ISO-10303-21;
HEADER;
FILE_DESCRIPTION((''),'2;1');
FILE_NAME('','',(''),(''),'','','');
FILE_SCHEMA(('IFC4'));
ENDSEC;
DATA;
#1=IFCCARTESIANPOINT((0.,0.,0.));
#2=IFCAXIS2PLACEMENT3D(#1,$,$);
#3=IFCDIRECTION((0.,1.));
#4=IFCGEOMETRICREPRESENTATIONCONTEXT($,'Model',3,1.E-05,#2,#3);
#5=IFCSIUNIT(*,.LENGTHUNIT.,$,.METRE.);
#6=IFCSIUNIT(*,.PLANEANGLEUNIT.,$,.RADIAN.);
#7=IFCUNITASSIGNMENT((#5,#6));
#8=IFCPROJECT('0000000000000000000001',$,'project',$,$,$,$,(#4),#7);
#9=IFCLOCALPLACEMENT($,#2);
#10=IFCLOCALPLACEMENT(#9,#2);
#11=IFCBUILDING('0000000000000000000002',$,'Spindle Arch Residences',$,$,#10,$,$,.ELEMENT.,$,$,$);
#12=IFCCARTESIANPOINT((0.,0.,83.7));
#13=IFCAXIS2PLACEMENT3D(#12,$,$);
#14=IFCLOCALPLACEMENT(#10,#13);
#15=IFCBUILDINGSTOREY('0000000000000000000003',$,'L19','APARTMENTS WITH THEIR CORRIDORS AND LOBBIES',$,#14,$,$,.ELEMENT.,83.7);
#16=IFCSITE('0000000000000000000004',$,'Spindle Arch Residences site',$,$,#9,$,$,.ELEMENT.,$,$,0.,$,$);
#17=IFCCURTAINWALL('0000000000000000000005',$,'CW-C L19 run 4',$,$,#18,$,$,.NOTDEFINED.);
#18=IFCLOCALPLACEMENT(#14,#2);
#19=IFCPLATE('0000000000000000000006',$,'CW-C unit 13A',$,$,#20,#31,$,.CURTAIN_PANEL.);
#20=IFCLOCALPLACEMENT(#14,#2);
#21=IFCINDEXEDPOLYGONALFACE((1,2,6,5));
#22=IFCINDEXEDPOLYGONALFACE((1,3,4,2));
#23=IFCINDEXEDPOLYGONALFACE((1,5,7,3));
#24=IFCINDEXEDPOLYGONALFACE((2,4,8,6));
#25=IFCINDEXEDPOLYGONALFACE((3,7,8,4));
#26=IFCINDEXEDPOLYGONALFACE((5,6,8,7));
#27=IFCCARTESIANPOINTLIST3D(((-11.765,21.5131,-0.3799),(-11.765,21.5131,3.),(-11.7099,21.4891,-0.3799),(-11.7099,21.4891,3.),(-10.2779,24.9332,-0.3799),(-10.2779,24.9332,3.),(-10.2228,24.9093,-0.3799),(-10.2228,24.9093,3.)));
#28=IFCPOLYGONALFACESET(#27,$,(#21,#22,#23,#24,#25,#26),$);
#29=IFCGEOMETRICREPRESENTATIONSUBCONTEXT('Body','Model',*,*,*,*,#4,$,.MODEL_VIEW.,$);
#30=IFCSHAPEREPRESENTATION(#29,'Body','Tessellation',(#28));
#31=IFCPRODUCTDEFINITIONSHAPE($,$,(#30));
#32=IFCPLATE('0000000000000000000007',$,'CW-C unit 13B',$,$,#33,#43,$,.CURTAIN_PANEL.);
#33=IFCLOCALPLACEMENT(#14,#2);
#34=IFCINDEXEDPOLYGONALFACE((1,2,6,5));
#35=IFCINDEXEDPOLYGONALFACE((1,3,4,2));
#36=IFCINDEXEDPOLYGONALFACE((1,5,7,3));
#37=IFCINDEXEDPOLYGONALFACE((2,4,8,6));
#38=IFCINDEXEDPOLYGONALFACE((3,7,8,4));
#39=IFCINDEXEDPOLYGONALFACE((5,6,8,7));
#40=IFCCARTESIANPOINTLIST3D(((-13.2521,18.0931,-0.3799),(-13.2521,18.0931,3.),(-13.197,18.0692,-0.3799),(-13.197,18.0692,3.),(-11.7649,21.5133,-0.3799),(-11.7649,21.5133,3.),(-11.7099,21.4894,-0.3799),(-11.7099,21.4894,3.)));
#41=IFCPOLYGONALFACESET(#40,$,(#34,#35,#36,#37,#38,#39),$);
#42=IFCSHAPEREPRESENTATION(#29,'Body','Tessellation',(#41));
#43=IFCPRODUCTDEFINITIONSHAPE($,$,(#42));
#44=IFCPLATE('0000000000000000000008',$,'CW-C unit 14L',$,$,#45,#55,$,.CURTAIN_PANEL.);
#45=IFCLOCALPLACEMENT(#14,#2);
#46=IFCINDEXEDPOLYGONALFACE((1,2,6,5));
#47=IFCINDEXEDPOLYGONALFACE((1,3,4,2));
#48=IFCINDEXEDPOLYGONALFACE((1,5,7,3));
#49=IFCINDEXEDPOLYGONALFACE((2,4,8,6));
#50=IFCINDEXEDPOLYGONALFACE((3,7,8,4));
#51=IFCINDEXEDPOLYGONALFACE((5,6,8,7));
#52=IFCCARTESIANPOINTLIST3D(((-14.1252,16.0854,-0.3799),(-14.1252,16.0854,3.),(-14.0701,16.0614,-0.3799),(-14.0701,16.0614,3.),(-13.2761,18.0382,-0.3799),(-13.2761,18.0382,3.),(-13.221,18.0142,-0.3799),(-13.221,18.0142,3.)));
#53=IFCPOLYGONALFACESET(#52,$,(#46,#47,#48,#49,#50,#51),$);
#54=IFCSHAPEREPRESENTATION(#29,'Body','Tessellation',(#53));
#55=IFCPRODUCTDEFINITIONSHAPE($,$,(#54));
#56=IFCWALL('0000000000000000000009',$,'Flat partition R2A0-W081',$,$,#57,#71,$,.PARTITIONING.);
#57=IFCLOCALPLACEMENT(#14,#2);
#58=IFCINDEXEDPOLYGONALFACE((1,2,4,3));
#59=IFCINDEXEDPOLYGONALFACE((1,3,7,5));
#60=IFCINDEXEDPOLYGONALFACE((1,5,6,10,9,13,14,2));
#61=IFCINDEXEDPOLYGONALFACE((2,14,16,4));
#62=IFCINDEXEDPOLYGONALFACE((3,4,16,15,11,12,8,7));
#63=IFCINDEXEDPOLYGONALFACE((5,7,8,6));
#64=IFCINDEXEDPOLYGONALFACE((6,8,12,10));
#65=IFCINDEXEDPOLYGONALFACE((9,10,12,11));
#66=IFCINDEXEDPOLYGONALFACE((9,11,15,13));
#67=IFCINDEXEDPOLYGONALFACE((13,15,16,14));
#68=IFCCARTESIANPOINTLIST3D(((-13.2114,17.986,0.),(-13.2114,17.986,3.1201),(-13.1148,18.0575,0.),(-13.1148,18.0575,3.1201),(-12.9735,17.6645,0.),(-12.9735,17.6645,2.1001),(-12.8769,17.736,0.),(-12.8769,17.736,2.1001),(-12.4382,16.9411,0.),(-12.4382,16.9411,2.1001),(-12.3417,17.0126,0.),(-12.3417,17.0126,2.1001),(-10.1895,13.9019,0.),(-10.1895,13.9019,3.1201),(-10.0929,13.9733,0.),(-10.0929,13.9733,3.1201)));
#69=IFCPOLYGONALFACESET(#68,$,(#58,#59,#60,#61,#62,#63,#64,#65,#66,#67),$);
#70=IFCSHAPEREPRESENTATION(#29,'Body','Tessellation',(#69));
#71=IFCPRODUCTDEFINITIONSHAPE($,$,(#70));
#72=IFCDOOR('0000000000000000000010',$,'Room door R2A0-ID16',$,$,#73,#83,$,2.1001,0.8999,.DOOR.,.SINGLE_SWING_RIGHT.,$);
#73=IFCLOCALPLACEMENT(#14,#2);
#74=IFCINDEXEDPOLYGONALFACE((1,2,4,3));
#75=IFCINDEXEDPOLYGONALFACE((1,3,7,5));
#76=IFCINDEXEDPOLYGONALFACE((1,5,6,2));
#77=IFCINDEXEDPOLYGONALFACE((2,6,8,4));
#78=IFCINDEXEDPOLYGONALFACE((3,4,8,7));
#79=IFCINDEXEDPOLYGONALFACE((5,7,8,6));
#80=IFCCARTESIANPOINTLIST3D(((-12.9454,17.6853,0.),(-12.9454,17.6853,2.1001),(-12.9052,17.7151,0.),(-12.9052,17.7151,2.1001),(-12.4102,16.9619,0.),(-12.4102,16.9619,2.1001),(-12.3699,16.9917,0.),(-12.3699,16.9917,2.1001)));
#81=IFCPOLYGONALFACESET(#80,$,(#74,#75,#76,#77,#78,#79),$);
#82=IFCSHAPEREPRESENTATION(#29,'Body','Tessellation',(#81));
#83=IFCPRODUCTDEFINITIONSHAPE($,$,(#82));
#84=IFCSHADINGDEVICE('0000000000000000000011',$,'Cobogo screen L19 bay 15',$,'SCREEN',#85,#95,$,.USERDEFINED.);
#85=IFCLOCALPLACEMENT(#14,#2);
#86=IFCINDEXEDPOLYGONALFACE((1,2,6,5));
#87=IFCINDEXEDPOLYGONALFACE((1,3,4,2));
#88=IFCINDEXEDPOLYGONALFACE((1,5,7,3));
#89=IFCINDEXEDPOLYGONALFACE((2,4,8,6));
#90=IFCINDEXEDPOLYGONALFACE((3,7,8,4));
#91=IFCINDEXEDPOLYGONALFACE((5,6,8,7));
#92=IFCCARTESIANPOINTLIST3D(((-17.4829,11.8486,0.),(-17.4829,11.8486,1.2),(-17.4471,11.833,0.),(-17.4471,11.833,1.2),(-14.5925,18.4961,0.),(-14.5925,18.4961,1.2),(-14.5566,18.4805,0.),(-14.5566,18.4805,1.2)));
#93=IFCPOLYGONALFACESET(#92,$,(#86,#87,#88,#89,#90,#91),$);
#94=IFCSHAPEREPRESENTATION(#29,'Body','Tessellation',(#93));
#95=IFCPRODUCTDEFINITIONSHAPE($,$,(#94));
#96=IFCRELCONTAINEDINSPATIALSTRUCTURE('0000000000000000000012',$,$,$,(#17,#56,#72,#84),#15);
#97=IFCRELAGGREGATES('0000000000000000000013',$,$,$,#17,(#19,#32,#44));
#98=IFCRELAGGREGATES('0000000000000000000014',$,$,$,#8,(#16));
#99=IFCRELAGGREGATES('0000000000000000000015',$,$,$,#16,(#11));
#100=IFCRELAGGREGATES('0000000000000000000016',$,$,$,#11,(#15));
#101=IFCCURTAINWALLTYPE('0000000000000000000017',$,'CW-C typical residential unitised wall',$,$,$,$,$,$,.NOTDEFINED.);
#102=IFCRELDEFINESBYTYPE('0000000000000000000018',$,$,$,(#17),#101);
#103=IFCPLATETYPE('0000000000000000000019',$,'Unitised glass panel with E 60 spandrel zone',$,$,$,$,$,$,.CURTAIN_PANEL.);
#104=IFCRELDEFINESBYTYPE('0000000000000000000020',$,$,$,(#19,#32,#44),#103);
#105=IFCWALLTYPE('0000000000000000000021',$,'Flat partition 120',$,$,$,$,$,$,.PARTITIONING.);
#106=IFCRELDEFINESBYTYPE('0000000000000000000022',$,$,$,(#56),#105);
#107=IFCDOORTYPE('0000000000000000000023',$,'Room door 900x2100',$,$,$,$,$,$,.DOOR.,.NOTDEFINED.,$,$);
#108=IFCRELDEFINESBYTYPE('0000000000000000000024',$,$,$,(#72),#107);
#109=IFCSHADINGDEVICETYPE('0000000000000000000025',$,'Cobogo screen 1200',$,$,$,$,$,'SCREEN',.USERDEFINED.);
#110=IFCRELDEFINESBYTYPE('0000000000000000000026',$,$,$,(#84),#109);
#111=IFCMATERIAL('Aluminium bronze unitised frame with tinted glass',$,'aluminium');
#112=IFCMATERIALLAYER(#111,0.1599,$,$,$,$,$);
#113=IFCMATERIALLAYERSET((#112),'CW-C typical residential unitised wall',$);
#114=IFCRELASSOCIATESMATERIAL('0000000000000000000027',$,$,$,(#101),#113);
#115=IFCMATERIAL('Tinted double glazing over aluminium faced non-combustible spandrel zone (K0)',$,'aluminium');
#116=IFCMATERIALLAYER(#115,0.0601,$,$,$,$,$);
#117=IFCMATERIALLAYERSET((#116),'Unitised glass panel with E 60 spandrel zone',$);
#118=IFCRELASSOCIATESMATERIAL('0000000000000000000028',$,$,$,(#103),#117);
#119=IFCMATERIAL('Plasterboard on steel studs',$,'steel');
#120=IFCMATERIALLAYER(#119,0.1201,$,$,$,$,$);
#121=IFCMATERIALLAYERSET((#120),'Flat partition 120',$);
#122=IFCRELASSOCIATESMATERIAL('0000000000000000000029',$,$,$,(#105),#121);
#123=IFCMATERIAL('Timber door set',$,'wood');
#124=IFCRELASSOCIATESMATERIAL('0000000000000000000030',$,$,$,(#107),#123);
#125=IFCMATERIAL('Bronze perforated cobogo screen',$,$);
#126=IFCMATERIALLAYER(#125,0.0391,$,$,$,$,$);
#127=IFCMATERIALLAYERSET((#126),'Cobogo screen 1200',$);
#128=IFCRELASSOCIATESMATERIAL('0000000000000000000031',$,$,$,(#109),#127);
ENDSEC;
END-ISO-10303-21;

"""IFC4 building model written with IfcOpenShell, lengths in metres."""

from ifc_helpers import new_model, si_unit, direction, frame, frame_2d, origin, origin_2d, place, context, subcontext, project, spatial, rectangle, extrude, material, layer, layer_set, type_object, element, fill, aggregate, save


model = new_model("IFC4")

# Units and contexts
model_context = context("Model", 3, precision=1e-05, world=origin(), true_north=direction((0.0, 1.0)))
body_context = subcontext(model_context, "Body", "Model", "MODEL_VIEW")
ifc_project = project(units=[si_unit("LENGTHUNIT", "METRE"), si_unit("PLANEANGLEUNIT", "RADIAN")], contexts=[model_context])

# Site, building, storey
site_placement = place(None, origin())
site = spatial("IfcSite", under=ifc_project, at=site_placement, Name="Spindle Arch Residences site", CompositionType="ELEMENT", RefElevation=0.0)
building_placement = place(site_placement, origin())
building = spatial("IfcBuilding", under=site, at=building_placement, Name="Spindle Arch Residences", CompositionType="ELEMENT")
storey_placement = place(building_placement, frame((0.0, 0.0, 83.7)))
storey = spatial("IfcBuildingStorey", under=building, at=storey_placement, Name="L19", Description="APARTMENTS WITH THEIR CORRIDORS AND LOBBIES", CompositionType="ELEMENT", Elevation=83.7)

# Curtain wall
ifc_material_1 = material(Name="Aluminium bronze unitised frame with tinted glass", Category="aluminium")
ifc_layer_1 = layer(ifc_material_1, 0.1599)
ifc_layer_set_1 = layer_set([ifc_layer_1], Name="CW-C typical residential unitised wall")
curtain_wall_type = type_object("IfcCurtainWallType", Name="CW-C typical residential unitised wall", PredefinedType="NOTDEFINED", material=ifc_layer_set_1)
curtain_wall_placement = place(storey_placement, origin())
curtain_wall = element("IfcCurtainWall", 1, at=curtain_wall_placement, inside=storey, type_object=curtain_wall_type, Name="CW-C L19 run 4", PredefinedType="NOTDEFINED")

# Plates
ifc_material_2 = material(Name="Tinted double glazing over aluminium faced non-combustible spandrel zone (K0)", Category="aluminium")
ifc_layer_2 = layer(ifc_material_2, 0.0601)
ifc_layer_set_2 = layer_set([ifc_layer_2], Name="Unitised glass panel with E 60 spandrel zone")
plate_type = type_object("IfcPlateType", Name="Unitised glass panel with E 60 spandrel zone", PredefinedType="CURTAIN_PANEL", material=ifc_layer_set_2)
plate_1_placement = place(storey_placement, frame((-10.9939, 23.2112, -0.3799), z_axis=(0.0, 0.0, 1.0), x_axis=(-0.398749, -0.91706, 0.0)))
plate_1 = element("IfcPlate", 2, at=plate_1_placement, type_object=plate_type, Name="CW-C unit 13A", PredefinedType="CURTAIN_PANEL", context=body_context, shape_type="SweptSolid", body=[
    extrude(rectangle(XDim=3.7295, YDim=0.0601, at=origin_2d()), origin(), (0.0, 0.0, 1.0), 3.3799),
])
plate_2_placement = place(storey_placement, frame((-12.481, 19.7913, -0.3799), z_axis=(0.0, 0.0, 1.0), x_axis=(-0.398749, -0.91706, 0.0)))
plate_2 = element("IfcPlate", 3, at=plate_2_placement, type_object=plate_type, Name="CW-C unit 13B", PredefinedType="CURTAIN_PANEL", context=body_context, shape_type="SweptSolid", body=[
    extrude(rectangle(XDim=3.7295, YDim=0.0601, at=origin_2d()), origin(), (0.0, 0.0, 1.0), 3.3799),
])
plate_3_placement = place(storey_placement, frame((-13.6731, 17.0498, -0.3799), z_axis=(0.0, 0.0, 1.0), x_axis=(-0.398749, -0.91706, 0.0)))
plate_3 = element("IfcPlate", 4, at=plate_3_placement, type_object=plate_type, Name="CW-C unit 14L", PredefinedType="CURTAIN_PANEL", context=body_context, shape_type="SweptSolid", body=[
    extrude(rectangle(XDim=2.1294, YDim=0.0601, at=origin_2d()), origin(), (0.0, 0.0, 1.0), 3.3799),
])
aggregate(curtain_wall, [plate_1, plate_2, plate_3])

# Wall, opening, door
ifc_material_3 = material(Name="Plasterboard on steel studs", Category="steel")
ifc_layer_3 = layer(ifc_material_3, 0.1201)
ifc_layer_set_3 = layer_set([ifc_layer_3], Name="Flat partition 120")
wall_type_1 = type_object("IfcWallType", Name="Flat partition 120", PredefinedType="PARTITIONING", material=ifc_layer_set_3)
wall_1_placement = place(storey_placement, frame((-13.1631, 18.0217, 0.0), z_axis=(0.0, 0.0, 1.0), x_axis=(0.594798, -0.803875, 0.0)))
wall_1 = element("IfcWall", 5, at=wall_1_placement, inside=storey, type_object=wall_type_1, Name="Flat partition R2A0-W081", PredefinedType="PARTITIONING", context=body_context, shape_type="SweptSolid", body=[
    extrude(rectangle(XDim=5.0806, YDim=0.1201, at=frame_2d((2.5403, 0.0))), origin(), (0.0, 0.0, 1.0), 3.1201),
])
opening_1_placement = place(wall_1_placement, frame((0.3999, 0.0, 0.0)))
opening_1 = element("IfcOpeningElement", 6, at=opening_1_placement, cuts=wall_1, PredefinedType="OPENING", context=body_context, shape_type="SweptSolid", body=[
    extrude(rectangle(XDim=0.8999, YDim=2.1001, at=frame_2d((0.45, 1.05))), frame((0.0, 0.0701, 0.0), z_axis=(0.0, -1.0, 0.0), x_axis=(1.0, 0.0, 0.0)), (0.0, 0.0, 1.0), 0.1401),
])
ifc_material_4 = material(Name="Timber door set", Category="wood")
door_type_1 = type_object("IfcDoorType", Name="Room door 900x2100", OperationType="NOTDEFINED", PredefinedType="DOOR", material=ifc_material_4)
door_1_placement = place(opening_1_placement, origin())
door_1 = element("IfcDoor", 7, at=door_1_placement, inside=storey, type_object=door_type_1, Name="Room door R2A0-ID16", OperationType="SINGLE_SWING_RIGHT", OverallHeight=2.1001, OverallWidth=0.8999, PredefinedType="DOOR", context=body_context, shape_type="SweptSolid", body=[
    extrude(rectangle(XDim=0.8999, YDim=2.1001, at=frame_2d((0.45, 1.05))), frame((0.0, 0.0249, 0.0), z_axis=(0.0, -1.0, 0.0), x_axis=(1.0, 0.0, 0.0)), (0.0, 0.0, 1.0), 0.05),
])
fill(opening_1, door_1)

# Shading device
ifc_material_5 = material(Name="Bronze perforated cobogo screen")
ifc_layer_4 = layer(ifc_material_5, 0.0391)
ifc_layer_set_4 = layer_set([ifc_layer_4], Name="Cobogo screen 1200")
shading_device_type = type_object("IfcShadingDeviceType", Name="Cobogo screen 1200", ElementType="SCREEN", PredefinedType="USERDEFINED", material=ifc_layer_set_4)
shading_device_placement = place(storey_placement, frame((-16.0198, 15.1646, 0.0), z_axis=(0.0, 0.0, 1.0), x_axis=(-0.398749, -0.91706, 0.0)))
element("IfcShadingDevice", 8, at=shading_device_placement, inside=storey, type_object=shading_device_type, Name="Cobogo screen L19 bay 15", ObjectType="SCREEN", PredefinedType="USERDEFINED", context=body_context, shape_type="SweptSolid", body=[
    extrude(rectangle(XDim=7.2488, YDim=0.0391, at=origin_2d()), origin(), (0.0, 0.0, 1.0), 1.2),
])

save(model, "model.ifc")
